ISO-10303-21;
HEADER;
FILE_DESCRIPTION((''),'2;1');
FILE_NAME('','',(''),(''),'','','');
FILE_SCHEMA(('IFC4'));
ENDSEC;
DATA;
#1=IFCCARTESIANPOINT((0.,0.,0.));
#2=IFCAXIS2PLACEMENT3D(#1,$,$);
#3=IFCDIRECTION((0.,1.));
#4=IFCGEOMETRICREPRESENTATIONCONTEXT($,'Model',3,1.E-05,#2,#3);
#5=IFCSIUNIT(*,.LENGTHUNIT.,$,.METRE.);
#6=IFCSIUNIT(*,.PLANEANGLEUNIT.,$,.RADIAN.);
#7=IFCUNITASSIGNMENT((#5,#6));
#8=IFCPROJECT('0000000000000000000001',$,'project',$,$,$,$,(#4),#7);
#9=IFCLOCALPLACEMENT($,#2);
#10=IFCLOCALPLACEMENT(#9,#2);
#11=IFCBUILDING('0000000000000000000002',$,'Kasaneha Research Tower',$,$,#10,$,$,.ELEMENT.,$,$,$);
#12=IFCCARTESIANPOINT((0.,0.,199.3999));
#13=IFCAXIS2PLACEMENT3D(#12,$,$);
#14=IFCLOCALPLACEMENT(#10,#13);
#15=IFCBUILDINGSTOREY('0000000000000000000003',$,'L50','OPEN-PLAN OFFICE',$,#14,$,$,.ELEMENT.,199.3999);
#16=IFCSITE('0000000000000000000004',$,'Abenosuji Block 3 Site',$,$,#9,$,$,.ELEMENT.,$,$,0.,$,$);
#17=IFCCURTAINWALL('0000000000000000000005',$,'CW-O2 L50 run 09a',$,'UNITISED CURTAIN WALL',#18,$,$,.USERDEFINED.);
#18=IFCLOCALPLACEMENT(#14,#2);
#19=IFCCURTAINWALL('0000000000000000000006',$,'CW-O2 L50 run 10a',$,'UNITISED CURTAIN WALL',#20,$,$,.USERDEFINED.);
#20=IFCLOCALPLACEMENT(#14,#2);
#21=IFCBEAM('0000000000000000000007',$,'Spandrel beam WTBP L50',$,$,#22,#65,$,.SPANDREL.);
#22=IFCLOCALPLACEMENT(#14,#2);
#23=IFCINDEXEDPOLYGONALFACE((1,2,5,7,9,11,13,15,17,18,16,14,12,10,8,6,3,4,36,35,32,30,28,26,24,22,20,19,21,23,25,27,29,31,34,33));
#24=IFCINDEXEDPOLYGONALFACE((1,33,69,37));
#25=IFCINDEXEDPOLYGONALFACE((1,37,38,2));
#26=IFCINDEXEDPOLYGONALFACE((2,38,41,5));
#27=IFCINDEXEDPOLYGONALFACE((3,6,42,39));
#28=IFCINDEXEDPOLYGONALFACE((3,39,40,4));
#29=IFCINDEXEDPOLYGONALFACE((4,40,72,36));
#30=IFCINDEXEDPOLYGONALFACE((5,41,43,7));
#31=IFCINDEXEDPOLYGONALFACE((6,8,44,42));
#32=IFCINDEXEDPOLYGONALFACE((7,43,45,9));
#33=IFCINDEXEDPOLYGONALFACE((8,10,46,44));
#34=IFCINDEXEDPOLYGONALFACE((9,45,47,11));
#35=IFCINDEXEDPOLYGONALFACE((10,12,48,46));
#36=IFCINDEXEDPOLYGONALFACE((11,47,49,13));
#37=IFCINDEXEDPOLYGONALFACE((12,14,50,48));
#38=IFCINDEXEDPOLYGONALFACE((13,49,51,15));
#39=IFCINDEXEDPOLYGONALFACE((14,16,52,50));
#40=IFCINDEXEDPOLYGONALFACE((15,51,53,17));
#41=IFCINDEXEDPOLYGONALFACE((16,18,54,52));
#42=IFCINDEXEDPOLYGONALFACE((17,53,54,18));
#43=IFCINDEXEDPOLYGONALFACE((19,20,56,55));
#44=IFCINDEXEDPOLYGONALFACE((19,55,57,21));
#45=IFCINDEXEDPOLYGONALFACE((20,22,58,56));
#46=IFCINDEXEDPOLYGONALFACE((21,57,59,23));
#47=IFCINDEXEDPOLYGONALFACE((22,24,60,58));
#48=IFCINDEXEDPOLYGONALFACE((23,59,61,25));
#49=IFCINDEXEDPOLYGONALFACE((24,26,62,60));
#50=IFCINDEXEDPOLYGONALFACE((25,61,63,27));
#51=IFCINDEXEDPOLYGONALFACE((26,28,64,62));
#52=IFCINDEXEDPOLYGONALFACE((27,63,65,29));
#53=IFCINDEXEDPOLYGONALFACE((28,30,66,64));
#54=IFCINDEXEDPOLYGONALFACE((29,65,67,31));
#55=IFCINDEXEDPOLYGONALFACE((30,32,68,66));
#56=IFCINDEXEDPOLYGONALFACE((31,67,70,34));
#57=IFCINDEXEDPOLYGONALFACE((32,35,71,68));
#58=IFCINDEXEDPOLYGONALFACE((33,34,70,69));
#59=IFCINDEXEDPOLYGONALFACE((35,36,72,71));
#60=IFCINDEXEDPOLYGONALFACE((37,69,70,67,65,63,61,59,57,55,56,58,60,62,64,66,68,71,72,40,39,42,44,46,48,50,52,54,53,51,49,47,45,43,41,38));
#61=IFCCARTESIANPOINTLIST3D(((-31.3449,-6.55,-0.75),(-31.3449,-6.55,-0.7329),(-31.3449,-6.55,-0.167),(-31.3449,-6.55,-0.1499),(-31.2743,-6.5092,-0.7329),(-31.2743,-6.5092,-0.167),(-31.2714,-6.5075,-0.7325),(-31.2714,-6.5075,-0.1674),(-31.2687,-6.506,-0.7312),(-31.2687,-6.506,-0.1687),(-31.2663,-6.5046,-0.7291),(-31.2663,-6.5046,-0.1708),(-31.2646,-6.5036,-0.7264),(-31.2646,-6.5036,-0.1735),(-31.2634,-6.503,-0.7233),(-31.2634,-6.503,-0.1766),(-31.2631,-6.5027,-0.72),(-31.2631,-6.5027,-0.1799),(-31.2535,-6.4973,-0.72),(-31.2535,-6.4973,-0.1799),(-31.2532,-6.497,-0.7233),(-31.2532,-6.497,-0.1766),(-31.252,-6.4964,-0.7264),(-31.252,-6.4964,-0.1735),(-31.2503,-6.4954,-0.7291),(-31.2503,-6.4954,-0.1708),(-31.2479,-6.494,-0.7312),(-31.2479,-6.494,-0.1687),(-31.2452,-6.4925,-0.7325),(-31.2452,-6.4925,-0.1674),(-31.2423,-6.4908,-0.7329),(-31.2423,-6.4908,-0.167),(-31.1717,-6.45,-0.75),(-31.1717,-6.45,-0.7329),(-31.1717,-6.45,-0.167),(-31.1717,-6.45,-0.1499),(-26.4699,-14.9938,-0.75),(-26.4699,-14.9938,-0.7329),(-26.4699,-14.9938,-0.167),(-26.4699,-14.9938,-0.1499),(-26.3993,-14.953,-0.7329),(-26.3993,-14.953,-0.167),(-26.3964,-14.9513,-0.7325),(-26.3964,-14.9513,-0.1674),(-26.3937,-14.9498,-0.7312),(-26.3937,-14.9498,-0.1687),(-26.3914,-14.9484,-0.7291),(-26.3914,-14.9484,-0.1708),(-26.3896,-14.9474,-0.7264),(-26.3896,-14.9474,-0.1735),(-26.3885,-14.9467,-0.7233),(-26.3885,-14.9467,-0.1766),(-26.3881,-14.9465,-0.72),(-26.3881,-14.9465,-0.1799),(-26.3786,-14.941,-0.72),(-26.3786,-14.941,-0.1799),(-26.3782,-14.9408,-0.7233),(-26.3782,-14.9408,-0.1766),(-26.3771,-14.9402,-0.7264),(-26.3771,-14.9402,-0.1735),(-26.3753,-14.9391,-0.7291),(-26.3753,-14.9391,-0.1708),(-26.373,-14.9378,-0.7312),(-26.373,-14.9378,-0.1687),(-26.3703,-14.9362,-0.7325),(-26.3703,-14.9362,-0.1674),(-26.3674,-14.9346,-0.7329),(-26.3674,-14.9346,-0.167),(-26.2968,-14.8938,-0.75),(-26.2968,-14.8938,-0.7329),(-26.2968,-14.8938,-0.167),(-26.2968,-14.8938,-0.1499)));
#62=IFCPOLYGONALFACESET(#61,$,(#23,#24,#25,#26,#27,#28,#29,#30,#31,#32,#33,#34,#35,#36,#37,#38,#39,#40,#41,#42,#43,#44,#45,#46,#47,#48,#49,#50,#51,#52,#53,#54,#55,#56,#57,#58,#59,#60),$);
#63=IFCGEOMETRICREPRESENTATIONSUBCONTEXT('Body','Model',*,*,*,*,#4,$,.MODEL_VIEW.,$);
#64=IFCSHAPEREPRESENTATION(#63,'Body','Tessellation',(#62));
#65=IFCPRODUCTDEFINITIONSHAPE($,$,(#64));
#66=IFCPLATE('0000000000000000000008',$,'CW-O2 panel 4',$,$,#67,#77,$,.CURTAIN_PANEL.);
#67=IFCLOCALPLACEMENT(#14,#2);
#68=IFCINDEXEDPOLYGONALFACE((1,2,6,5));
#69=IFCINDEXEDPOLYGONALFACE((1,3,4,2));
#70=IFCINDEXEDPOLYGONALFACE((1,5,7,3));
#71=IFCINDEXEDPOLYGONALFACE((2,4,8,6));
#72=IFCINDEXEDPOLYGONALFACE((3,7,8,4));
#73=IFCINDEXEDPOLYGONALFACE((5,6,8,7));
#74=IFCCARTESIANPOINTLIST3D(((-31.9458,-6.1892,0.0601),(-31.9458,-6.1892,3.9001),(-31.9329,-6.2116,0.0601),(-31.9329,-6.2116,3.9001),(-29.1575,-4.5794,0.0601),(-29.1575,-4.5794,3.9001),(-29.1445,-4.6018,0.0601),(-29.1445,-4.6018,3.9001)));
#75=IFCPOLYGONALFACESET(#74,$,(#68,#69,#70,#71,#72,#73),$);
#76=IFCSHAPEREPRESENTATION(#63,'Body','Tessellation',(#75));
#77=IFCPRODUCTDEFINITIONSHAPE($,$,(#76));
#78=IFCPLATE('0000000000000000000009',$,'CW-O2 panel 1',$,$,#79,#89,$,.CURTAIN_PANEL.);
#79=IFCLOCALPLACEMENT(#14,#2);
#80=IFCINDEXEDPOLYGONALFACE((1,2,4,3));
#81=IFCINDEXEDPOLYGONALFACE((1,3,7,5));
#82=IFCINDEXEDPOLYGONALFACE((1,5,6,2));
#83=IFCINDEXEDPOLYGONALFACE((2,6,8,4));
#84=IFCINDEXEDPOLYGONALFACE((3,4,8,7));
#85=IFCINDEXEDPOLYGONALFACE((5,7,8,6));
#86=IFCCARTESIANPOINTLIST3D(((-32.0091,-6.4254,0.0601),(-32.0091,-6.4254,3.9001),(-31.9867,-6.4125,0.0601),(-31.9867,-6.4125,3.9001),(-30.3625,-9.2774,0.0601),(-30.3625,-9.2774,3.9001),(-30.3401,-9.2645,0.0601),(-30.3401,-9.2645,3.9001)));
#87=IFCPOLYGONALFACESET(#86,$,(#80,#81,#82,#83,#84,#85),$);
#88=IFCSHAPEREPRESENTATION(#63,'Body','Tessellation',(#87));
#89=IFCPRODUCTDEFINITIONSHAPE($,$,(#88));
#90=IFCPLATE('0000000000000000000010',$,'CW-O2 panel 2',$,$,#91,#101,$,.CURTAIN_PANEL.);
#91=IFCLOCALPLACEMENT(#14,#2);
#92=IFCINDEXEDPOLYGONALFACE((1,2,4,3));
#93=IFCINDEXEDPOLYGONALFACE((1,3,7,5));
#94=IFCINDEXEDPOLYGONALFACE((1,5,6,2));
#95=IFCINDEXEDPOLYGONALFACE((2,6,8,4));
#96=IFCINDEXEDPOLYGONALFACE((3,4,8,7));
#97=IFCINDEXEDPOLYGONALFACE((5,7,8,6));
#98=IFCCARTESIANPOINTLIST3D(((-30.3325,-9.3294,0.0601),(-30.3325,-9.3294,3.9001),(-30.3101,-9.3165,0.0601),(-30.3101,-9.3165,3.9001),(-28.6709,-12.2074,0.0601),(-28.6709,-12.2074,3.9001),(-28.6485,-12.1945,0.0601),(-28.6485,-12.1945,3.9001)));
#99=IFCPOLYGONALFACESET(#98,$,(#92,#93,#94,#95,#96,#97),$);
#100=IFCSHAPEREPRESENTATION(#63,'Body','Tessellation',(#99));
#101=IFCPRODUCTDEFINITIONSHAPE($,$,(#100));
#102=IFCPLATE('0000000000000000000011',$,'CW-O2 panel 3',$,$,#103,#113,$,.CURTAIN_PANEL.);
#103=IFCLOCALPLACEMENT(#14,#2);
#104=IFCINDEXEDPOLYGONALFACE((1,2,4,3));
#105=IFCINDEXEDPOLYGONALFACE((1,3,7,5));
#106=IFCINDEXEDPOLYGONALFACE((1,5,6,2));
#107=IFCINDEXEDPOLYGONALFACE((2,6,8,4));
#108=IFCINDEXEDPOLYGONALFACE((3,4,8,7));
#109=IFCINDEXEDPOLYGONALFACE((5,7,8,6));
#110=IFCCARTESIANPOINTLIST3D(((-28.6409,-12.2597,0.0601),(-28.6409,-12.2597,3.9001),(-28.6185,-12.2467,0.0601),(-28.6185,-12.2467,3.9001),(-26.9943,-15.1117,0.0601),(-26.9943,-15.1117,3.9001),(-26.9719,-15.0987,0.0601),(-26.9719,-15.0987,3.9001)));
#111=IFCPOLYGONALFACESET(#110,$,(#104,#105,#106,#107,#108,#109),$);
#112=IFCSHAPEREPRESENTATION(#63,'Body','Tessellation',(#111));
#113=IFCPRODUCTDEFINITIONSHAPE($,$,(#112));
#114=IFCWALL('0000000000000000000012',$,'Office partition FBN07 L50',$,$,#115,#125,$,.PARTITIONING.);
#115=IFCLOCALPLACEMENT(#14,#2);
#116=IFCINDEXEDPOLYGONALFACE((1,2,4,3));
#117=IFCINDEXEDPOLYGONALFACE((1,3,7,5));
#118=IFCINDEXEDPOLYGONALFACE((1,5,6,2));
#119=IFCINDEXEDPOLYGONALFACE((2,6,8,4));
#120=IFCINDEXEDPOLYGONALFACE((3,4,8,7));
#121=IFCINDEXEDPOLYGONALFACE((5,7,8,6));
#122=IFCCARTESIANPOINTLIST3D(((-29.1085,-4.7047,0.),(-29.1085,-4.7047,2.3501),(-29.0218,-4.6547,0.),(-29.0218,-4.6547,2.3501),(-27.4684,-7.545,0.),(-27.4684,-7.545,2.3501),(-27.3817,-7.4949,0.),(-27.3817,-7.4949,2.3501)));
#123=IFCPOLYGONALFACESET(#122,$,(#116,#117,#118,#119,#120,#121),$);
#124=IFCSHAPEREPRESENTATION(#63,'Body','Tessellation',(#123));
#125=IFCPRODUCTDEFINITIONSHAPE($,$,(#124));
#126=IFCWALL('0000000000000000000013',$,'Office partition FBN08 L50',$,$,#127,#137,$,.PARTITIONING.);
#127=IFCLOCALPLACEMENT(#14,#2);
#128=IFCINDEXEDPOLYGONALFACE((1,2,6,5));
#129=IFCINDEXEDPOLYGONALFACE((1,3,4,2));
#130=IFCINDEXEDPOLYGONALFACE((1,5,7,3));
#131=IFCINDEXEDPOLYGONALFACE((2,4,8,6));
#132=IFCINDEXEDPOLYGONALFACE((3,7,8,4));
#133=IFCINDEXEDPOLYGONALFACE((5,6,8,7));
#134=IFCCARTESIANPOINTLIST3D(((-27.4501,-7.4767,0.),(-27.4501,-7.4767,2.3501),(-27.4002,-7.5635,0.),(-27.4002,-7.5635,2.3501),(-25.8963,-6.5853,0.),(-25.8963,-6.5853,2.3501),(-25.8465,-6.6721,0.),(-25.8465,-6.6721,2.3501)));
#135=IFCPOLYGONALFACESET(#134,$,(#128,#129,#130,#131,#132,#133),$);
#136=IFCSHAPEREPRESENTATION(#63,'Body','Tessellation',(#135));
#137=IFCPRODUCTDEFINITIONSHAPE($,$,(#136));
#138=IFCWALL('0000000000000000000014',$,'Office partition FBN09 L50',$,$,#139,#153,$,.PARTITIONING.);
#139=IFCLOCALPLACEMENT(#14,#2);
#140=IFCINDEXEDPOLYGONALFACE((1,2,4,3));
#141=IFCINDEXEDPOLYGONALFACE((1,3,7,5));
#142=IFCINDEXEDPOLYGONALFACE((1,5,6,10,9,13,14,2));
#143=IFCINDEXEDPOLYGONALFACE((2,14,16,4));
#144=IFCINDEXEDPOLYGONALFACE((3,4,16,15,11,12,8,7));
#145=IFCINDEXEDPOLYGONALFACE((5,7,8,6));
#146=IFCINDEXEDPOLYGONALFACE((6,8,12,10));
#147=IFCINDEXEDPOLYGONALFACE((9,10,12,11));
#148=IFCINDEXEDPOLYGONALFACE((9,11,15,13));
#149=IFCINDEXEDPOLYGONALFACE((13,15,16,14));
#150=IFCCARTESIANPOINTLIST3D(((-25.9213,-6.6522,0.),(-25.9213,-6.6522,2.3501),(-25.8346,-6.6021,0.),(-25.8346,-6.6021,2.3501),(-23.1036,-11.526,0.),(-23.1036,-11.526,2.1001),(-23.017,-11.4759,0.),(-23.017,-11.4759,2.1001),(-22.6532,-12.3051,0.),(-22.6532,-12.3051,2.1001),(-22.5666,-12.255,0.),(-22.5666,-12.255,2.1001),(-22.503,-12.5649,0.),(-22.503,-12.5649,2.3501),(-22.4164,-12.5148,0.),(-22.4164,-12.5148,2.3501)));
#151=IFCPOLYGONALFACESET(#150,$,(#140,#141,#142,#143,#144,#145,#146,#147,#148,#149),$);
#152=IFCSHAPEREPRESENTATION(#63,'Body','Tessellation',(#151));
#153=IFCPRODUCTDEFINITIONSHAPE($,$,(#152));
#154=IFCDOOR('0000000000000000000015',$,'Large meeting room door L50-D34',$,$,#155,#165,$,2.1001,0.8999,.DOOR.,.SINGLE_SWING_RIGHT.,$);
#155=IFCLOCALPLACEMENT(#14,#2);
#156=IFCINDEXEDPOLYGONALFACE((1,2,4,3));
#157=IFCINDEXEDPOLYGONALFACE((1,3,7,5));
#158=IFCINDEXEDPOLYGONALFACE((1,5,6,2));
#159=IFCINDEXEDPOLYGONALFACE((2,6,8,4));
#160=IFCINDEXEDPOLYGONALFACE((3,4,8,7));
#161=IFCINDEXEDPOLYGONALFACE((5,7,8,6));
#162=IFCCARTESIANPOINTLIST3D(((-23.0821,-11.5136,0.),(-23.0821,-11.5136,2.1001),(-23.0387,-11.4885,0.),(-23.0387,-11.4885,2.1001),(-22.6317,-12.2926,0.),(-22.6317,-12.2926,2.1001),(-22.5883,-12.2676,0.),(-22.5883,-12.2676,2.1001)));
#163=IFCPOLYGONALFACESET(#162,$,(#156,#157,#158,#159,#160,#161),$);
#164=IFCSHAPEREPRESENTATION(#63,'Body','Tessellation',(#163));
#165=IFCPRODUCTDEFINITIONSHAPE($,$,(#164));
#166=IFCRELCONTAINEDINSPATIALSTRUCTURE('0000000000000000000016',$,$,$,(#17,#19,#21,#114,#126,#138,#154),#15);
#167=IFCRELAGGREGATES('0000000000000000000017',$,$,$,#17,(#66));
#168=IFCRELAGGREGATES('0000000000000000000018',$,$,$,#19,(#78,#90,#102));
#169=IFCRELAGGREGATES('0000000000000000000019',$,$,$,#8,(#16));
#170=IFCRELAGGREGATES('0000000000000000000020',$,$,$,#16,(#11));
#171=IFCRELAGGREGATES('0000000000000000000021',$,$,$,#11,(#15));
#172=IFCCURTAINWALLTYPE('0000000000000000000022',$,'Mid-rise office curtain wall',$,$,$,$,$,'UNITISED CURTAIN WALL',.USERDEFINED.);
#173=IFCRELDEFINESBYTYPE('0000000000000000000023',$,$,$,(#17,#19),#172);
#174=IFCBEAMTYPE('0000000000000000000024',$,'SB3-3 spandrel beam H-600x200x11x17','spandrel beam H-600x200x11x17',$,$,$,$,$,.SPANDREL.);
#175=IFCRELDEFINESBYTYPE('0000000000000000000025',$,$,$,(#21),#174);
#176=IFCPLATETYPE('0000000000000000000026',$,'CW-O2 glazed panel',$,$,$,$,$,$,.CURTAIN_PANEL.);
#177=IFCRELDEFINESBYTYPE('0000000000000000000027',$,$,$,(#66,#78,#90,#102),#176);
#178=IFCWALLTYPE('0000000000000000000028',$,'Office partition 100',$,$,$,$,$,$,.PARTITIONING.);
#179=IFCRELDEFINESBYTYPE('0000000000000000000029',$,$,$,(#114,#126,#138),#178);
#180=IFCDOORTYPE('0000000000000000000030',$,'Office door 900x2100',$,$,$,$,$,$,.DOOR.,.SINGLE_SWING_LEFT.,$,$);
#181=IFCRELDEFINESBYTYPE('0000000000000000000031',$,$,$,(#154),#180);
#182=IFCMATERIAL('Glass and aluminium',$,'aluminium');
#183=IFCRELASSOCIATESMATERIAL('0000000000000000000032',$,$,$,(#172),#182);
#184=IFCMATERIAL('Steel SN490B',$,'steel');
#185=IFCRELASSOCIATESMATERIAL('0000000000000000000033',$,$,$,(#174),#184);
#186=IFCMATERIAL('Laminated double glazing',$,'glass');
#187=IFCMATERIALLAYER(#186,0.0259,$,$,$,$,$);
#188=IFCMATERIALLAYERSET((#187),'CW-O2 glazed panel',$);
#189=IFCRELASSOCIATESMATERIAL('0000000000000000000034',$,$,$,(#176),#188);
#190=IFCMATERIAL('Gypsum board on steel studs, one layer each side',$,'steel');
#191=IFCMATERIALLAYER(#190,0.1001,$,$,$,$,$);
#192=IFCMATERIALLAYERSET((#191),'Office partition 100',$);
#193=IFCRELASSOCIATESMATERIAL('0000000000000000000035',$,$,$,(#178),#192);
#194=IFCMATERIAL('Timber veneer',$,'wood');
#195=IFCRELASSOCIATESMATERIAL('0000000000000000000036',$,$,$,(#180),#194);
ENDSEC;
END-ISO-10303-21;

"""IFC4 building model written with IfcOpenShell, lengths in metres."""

from ifc_helpers import new_model, si_unit, direction, frame, frame_2d, origin, origin_2d, place, context, subcontext, project, spatial, rectangle, i_section, extrude, material, layer, layer_set, material_profile, profile_set, type_object, element, fill, aggregate, save


model = new_model("IFC4")

# Units and contexts
model_context = context("Model", 3, precision=1e-05, world=origin(), true_north=direction((0.0, 1.0)))
body_context = subcontext(model_context, "Body", "Model", "MODEL_VIEW")
ifc_project = project(units=[si_unit("LENGTHUNIT", "METRE"), si_unit("PLANEANGLEUNIT", "RADIAN")], contexts=[model_context])

# Site, building, storey
site_placement = place(None, origin())
site = spatial("IfcSite", under=ifc_project, at=site_placement, Name="Abenosuji Block 3 Site", CompositionType="ELEMENT", RefElevation=0.0)
building_placement = place(site_placement, origin())
building = spatial("IfcBuilding", under=site, at=building_placement, Name="Kasaneha Research Tower", CompositionType="ELEMENT")
storey_placement = place(building_placement, frame((0.0, 0.0, 199.3999)))
storey = spatial("IfcBuildingStorey", under=building, at=storey_placement, Name="L50", Description="OPEN-PLAN OFFICE", CompositionType="ELEMENT", Elevation=199.3999)

# Curtain walls
ifc_material_1 = material(Name="Glass and aluminium", Category="aluminium")
curtain_wall_type = type_object("IfcCurtainWallType", Name="Mid-rise office curtain wall", ElementType="UNITISED CURTAIN WALL", PredefinedType="USERDEFINED", material=ifc_material_1)
curtain_wall_1_placement = place(storey_placement, origin())
curtain_wall_1 = element("IfcCurtainWall", 1, at=curtain_wall_1_placement, inside=storey, type_object=curtain_wall_type, Name="CW-O2 L50 run 09a", ObjectType="UNITISED CURTAIN WALL", PredefinedType="USERDEFINED")
curtain_wall_2_placement = place(storey_placement, origin())
curtain_wall_2 = element("IfcCurtainWall", 2, at=curtain_wall_2_placement, inside=storey, type_object=curtain_wall_type, Name="CW-O2 L50 run 10a", ObjectType="UNITISED CURTAIN WALL", PredefinedType="USERDEFINED")

# Beam
ifc_material_2 = material(Name="Steel SN490B", Category="steel")
ifc_material_profile_1 = material_profile(ifc_material_2, i_section(OverallWidth=0.2, OverallDepth=0.6001, WebThickness=0.011, FlangeThickness=0.0171, FilletRadius=0.0129, at=origin_2d()), Name="H-600x200x11x17")
ifc_profile_set_1 = profile_set([ifc_material_profile_1], Name="Steel SN490B")
beam_type_1 = type_object("IfcBeamType", Name="SB3-3 spandrel beam H-600x200x11x17", Description="spandrel beam H-600x200x11x17", PredefinedType="SPANDREL", material=ifc_profile_set_1)
beam_1_placement = place(storey_placement, frame((-31.2583, -6.5, -0.45), z_axis=(0.499996, -0.866028, 0.0), x_axis=(0.866028, 0.499996, 0.0)))
element("IfcBeam", 3, at=beam_1_placement, inside=storey, type_object=beam_type_1, Name="Spandrel beam WTBP L50", PredefinedType="SPANDREL", context=body_context, shape_type="SweptSolid", body=[
    extrude(i_section(OverallWidth=0.2, OverallDepth=0.6001, WebThickness=0.011, FlangeThickness=0.0171, FilletRadius=0.0129, at=origin_2d()), origin(), (0.0, 0.0, 1.0), 9.75),
])

# Plates
ifc_material_3 = material(Name="Laminated double glazing", Category="glass")
ifc_layer_1 = layer(ifc_material_3, 0.0259)
ifc_layer_set_1 = layer_set([ifc_layer_1], Name="CW-O2 glazed panel")
plate_type = type_object("IfcPlateType", Name="CW-O2 glazed panel", PredefinedType="CURTAIN_PANEL", material=ifc_layer_set_1)
plate_1_placement = place(storey_placement, frame((-30.5452, -5.3955, 0.0601), z_axis=(0.0, 0.0, 1.0), x_axis=(-0.866025, -0.5, 0.0)))
plate_1 = element("IfcPlate", 4, at=plate_1_placement, type_object=plate_type, Name="CW-O2 panel 4", PredefinedType="CURTAIN_PANEL", context=body_context, shape_type="SweptSolid", body=[
    extrude(rectangle(XDim=3.2197, YDim=0.0259, at=origin_2d()), origin(), (0.0, 0.0, 1.0), 3.8401),
])
aggregate(curtain_wall_1, [plate_1])
plate_2_placement = place(storey_placement, frame((-31.1746, -7.845, 0.0601), z_axis=(0.0, 0.0, 1.0), x_axis=(0.5, -0.866025, 0.0)))
plate_2 = element("IfcPlate", 5, at=plate_2_placement, type_object=plate_type, Name="CW-O2 panel 1", PredefinedType="CURTAIN_PANEL", context=body_context, shape_type="SweptSolid", body=[
    extrude(rectangle(XDim=3.2932, YDim=0.0259, at=origin_2d()), origin(), (0.0, 0.0, 1.0), 3.8401),
])
plate_3_placement = place(storey_placement, frame((-29.4905, -10.762, 0.0601), z_axis=(0.0, 0.0, 1.0), x_axis=(0.5, -0.866025, 0.0)))
plate_3 = element("IfcPlate", 6, at=plate_3_placement, type_object=plate_type, Name="CW-O2 panel 2", PredefinedType="CURTAIN_PANEL", context=body_context, shape_type="SweptSolid", body=[
    extrude(rectangle(XDim=3.3232, YDim=0.0259, at=origin_2d()), origin(), (0.0, 0.0, 1.0), 3.8401),
])
plate_4_placement = place(storey_placement, frame((-27.8064, -13.6792, 0.0601), z_axis=(0.0, 0.0, 1.0), x_axis=(0.5, -0.866025, 0.0)))
plate_4 = element("IfcPlate", 7, at=plate_4_placement, type_object=plate_type, Name="CW-O2 panel 3", PredefinedType="CURTAIN_PANEL", context=body_context, shape_type="SweptSolid", body=[
    extrude(rectangle(XDim=3.2932, YDim=0.0259, at=origin_2d()), origin(), (0.0, 0.0, 1.0), 3.8401),
])
aggregate(curtain_wall_2, [plate_2, plate_3, plate_4])

# Walls
ifc_material_4 = material(Name="Gypsum board on steel studs, one layer each side", Category="steel")
ifc_layer_2 = layer(ifc_material_4, 0.1001)
ifc_layer_set_2 = layer_set([ifc_layer_2], Name="Office partition 100")
wall_type_1 = type_object("IfcWallType", Name="Office partition 100", PredefinedType="PARTITIONING", material=ifc_layer_set_2)
wall_1_placement = place(storey_placement, frame((-29.0652, -4.6797, 0.0), z_axis=(0.0, 0.0, 1.0), x_axis=(0.500062, -0.86599, 0.0)))
element("IfcWall", 8, at=wall_1_placement, inside=storey, type_object=wall_type_1, Name="Office partition FBN07 L50", PredefinedType="PARTITIONING", context=body_context, shape_type="SweptSolid", body=[
    extrude(rectangle(XDim=3.2798, YDim=0.1001, at=frame_2d((1.6399, 0.0))), origin(), (0.0, 0.0, 1.0), 2.3501),
])
wall_2_placement = place(storey_placement, frame((-27.425, -7.52, 0.0), z_axis=(0.0, 0.0, 1.0), x_axis=(0.867395, 0.497621, 0.0)))
element("IfcWall", 9, at=wall_2_placement, inside=storey, type_object=wall_type_1, Name="Office partition FBN08 L50", PredefinedType="PARTITIONING", context=body_context, shape_type="SweptSolid", body=[
    extrude(rectangle(XDim=1.7913, YDim=0.1001, at=frame_2d((0.8955, 0.0))), origin(), (0.0, 0.0, 1.0), 2.3501),
])

# Wall, opening, door
wall_3_placement = place(storey_placement, frame((-25.8779, -6.6272, 0.0), z_axis=(0.0, 0.0, 1.0), x_axis=(0.500502, -0.865735, 0.0)))
wall_3 = element("IfcWall", 10, at=wall_3_placement, inside=storey, type_object=wall_type_1, Name="Office partition FBN09 L50", PredefinedType="PARTITIONING", context=body_context, shape_type="SweptSolid", body=[
    extrude(rectangle(XDim=6.8296, YDim=0.1001, at=frame_2d((3.4148, 0.0))), origin(), (0.0, 0.0, 1.0), 2.3501),
])
opening_1_placement = place(wall_3_placement, frame((5.6296, 0.0, 0.0)))
opening_1 = element("IfcOpeningElement", 11, at=opening_1_placement, cuts=wall_3, PredefinedType="OPENING", context=body_context, shape_type="SweptSolid", body=[
    extrude(rectangle(XDim=0.8999, YDim=2.1001, at=frame_2d((0.45, 1.05))), frame((0.0, 0.0601, 0.0), z_axis=(0.0, -1.0, 0.0), x_axis=(1.0, 0.0, 0.0)), (0.0, 0.0, 1.0), 0.1201),
])
ifc_material_5 = material(Name="Timber veneer", Category="wood")
door_type_1 = type_object("IfcDoorType", Name="Office door 900x2100", OperationType="SINGLE_SWING_LEFT", PredefinedType="DOOR", material=ifc_material_5)
door_1_placement = place(opening_1_placement, origin())
door_1 = element("IfcDoor", 12, at=door_1_placement, inside=storey, type_object=door_type_1, Name="Large meeting room door L50-D34", OperationType="SINGLE_SWING_RIGHT", OverallHeight=2.1001, OverallWidth=0.8999, PredefinedType="DOOR", context=body_context, shape_type="SweptSolid", body=[
    extrude(rectangle(XDim=0.8999, YDim=2.1001, at=frame_2d((0.45, 1.05))), frame((0.0, 0.0249, 0.0), z_axis=(0.0, -1.0, 0.0), x_axis=(1.0, 0.0, 0.0)), (0.0, 0.0, 1.0), 0.05),
])
fill(opening_1, door_1)

save(model, "model.ifc")
